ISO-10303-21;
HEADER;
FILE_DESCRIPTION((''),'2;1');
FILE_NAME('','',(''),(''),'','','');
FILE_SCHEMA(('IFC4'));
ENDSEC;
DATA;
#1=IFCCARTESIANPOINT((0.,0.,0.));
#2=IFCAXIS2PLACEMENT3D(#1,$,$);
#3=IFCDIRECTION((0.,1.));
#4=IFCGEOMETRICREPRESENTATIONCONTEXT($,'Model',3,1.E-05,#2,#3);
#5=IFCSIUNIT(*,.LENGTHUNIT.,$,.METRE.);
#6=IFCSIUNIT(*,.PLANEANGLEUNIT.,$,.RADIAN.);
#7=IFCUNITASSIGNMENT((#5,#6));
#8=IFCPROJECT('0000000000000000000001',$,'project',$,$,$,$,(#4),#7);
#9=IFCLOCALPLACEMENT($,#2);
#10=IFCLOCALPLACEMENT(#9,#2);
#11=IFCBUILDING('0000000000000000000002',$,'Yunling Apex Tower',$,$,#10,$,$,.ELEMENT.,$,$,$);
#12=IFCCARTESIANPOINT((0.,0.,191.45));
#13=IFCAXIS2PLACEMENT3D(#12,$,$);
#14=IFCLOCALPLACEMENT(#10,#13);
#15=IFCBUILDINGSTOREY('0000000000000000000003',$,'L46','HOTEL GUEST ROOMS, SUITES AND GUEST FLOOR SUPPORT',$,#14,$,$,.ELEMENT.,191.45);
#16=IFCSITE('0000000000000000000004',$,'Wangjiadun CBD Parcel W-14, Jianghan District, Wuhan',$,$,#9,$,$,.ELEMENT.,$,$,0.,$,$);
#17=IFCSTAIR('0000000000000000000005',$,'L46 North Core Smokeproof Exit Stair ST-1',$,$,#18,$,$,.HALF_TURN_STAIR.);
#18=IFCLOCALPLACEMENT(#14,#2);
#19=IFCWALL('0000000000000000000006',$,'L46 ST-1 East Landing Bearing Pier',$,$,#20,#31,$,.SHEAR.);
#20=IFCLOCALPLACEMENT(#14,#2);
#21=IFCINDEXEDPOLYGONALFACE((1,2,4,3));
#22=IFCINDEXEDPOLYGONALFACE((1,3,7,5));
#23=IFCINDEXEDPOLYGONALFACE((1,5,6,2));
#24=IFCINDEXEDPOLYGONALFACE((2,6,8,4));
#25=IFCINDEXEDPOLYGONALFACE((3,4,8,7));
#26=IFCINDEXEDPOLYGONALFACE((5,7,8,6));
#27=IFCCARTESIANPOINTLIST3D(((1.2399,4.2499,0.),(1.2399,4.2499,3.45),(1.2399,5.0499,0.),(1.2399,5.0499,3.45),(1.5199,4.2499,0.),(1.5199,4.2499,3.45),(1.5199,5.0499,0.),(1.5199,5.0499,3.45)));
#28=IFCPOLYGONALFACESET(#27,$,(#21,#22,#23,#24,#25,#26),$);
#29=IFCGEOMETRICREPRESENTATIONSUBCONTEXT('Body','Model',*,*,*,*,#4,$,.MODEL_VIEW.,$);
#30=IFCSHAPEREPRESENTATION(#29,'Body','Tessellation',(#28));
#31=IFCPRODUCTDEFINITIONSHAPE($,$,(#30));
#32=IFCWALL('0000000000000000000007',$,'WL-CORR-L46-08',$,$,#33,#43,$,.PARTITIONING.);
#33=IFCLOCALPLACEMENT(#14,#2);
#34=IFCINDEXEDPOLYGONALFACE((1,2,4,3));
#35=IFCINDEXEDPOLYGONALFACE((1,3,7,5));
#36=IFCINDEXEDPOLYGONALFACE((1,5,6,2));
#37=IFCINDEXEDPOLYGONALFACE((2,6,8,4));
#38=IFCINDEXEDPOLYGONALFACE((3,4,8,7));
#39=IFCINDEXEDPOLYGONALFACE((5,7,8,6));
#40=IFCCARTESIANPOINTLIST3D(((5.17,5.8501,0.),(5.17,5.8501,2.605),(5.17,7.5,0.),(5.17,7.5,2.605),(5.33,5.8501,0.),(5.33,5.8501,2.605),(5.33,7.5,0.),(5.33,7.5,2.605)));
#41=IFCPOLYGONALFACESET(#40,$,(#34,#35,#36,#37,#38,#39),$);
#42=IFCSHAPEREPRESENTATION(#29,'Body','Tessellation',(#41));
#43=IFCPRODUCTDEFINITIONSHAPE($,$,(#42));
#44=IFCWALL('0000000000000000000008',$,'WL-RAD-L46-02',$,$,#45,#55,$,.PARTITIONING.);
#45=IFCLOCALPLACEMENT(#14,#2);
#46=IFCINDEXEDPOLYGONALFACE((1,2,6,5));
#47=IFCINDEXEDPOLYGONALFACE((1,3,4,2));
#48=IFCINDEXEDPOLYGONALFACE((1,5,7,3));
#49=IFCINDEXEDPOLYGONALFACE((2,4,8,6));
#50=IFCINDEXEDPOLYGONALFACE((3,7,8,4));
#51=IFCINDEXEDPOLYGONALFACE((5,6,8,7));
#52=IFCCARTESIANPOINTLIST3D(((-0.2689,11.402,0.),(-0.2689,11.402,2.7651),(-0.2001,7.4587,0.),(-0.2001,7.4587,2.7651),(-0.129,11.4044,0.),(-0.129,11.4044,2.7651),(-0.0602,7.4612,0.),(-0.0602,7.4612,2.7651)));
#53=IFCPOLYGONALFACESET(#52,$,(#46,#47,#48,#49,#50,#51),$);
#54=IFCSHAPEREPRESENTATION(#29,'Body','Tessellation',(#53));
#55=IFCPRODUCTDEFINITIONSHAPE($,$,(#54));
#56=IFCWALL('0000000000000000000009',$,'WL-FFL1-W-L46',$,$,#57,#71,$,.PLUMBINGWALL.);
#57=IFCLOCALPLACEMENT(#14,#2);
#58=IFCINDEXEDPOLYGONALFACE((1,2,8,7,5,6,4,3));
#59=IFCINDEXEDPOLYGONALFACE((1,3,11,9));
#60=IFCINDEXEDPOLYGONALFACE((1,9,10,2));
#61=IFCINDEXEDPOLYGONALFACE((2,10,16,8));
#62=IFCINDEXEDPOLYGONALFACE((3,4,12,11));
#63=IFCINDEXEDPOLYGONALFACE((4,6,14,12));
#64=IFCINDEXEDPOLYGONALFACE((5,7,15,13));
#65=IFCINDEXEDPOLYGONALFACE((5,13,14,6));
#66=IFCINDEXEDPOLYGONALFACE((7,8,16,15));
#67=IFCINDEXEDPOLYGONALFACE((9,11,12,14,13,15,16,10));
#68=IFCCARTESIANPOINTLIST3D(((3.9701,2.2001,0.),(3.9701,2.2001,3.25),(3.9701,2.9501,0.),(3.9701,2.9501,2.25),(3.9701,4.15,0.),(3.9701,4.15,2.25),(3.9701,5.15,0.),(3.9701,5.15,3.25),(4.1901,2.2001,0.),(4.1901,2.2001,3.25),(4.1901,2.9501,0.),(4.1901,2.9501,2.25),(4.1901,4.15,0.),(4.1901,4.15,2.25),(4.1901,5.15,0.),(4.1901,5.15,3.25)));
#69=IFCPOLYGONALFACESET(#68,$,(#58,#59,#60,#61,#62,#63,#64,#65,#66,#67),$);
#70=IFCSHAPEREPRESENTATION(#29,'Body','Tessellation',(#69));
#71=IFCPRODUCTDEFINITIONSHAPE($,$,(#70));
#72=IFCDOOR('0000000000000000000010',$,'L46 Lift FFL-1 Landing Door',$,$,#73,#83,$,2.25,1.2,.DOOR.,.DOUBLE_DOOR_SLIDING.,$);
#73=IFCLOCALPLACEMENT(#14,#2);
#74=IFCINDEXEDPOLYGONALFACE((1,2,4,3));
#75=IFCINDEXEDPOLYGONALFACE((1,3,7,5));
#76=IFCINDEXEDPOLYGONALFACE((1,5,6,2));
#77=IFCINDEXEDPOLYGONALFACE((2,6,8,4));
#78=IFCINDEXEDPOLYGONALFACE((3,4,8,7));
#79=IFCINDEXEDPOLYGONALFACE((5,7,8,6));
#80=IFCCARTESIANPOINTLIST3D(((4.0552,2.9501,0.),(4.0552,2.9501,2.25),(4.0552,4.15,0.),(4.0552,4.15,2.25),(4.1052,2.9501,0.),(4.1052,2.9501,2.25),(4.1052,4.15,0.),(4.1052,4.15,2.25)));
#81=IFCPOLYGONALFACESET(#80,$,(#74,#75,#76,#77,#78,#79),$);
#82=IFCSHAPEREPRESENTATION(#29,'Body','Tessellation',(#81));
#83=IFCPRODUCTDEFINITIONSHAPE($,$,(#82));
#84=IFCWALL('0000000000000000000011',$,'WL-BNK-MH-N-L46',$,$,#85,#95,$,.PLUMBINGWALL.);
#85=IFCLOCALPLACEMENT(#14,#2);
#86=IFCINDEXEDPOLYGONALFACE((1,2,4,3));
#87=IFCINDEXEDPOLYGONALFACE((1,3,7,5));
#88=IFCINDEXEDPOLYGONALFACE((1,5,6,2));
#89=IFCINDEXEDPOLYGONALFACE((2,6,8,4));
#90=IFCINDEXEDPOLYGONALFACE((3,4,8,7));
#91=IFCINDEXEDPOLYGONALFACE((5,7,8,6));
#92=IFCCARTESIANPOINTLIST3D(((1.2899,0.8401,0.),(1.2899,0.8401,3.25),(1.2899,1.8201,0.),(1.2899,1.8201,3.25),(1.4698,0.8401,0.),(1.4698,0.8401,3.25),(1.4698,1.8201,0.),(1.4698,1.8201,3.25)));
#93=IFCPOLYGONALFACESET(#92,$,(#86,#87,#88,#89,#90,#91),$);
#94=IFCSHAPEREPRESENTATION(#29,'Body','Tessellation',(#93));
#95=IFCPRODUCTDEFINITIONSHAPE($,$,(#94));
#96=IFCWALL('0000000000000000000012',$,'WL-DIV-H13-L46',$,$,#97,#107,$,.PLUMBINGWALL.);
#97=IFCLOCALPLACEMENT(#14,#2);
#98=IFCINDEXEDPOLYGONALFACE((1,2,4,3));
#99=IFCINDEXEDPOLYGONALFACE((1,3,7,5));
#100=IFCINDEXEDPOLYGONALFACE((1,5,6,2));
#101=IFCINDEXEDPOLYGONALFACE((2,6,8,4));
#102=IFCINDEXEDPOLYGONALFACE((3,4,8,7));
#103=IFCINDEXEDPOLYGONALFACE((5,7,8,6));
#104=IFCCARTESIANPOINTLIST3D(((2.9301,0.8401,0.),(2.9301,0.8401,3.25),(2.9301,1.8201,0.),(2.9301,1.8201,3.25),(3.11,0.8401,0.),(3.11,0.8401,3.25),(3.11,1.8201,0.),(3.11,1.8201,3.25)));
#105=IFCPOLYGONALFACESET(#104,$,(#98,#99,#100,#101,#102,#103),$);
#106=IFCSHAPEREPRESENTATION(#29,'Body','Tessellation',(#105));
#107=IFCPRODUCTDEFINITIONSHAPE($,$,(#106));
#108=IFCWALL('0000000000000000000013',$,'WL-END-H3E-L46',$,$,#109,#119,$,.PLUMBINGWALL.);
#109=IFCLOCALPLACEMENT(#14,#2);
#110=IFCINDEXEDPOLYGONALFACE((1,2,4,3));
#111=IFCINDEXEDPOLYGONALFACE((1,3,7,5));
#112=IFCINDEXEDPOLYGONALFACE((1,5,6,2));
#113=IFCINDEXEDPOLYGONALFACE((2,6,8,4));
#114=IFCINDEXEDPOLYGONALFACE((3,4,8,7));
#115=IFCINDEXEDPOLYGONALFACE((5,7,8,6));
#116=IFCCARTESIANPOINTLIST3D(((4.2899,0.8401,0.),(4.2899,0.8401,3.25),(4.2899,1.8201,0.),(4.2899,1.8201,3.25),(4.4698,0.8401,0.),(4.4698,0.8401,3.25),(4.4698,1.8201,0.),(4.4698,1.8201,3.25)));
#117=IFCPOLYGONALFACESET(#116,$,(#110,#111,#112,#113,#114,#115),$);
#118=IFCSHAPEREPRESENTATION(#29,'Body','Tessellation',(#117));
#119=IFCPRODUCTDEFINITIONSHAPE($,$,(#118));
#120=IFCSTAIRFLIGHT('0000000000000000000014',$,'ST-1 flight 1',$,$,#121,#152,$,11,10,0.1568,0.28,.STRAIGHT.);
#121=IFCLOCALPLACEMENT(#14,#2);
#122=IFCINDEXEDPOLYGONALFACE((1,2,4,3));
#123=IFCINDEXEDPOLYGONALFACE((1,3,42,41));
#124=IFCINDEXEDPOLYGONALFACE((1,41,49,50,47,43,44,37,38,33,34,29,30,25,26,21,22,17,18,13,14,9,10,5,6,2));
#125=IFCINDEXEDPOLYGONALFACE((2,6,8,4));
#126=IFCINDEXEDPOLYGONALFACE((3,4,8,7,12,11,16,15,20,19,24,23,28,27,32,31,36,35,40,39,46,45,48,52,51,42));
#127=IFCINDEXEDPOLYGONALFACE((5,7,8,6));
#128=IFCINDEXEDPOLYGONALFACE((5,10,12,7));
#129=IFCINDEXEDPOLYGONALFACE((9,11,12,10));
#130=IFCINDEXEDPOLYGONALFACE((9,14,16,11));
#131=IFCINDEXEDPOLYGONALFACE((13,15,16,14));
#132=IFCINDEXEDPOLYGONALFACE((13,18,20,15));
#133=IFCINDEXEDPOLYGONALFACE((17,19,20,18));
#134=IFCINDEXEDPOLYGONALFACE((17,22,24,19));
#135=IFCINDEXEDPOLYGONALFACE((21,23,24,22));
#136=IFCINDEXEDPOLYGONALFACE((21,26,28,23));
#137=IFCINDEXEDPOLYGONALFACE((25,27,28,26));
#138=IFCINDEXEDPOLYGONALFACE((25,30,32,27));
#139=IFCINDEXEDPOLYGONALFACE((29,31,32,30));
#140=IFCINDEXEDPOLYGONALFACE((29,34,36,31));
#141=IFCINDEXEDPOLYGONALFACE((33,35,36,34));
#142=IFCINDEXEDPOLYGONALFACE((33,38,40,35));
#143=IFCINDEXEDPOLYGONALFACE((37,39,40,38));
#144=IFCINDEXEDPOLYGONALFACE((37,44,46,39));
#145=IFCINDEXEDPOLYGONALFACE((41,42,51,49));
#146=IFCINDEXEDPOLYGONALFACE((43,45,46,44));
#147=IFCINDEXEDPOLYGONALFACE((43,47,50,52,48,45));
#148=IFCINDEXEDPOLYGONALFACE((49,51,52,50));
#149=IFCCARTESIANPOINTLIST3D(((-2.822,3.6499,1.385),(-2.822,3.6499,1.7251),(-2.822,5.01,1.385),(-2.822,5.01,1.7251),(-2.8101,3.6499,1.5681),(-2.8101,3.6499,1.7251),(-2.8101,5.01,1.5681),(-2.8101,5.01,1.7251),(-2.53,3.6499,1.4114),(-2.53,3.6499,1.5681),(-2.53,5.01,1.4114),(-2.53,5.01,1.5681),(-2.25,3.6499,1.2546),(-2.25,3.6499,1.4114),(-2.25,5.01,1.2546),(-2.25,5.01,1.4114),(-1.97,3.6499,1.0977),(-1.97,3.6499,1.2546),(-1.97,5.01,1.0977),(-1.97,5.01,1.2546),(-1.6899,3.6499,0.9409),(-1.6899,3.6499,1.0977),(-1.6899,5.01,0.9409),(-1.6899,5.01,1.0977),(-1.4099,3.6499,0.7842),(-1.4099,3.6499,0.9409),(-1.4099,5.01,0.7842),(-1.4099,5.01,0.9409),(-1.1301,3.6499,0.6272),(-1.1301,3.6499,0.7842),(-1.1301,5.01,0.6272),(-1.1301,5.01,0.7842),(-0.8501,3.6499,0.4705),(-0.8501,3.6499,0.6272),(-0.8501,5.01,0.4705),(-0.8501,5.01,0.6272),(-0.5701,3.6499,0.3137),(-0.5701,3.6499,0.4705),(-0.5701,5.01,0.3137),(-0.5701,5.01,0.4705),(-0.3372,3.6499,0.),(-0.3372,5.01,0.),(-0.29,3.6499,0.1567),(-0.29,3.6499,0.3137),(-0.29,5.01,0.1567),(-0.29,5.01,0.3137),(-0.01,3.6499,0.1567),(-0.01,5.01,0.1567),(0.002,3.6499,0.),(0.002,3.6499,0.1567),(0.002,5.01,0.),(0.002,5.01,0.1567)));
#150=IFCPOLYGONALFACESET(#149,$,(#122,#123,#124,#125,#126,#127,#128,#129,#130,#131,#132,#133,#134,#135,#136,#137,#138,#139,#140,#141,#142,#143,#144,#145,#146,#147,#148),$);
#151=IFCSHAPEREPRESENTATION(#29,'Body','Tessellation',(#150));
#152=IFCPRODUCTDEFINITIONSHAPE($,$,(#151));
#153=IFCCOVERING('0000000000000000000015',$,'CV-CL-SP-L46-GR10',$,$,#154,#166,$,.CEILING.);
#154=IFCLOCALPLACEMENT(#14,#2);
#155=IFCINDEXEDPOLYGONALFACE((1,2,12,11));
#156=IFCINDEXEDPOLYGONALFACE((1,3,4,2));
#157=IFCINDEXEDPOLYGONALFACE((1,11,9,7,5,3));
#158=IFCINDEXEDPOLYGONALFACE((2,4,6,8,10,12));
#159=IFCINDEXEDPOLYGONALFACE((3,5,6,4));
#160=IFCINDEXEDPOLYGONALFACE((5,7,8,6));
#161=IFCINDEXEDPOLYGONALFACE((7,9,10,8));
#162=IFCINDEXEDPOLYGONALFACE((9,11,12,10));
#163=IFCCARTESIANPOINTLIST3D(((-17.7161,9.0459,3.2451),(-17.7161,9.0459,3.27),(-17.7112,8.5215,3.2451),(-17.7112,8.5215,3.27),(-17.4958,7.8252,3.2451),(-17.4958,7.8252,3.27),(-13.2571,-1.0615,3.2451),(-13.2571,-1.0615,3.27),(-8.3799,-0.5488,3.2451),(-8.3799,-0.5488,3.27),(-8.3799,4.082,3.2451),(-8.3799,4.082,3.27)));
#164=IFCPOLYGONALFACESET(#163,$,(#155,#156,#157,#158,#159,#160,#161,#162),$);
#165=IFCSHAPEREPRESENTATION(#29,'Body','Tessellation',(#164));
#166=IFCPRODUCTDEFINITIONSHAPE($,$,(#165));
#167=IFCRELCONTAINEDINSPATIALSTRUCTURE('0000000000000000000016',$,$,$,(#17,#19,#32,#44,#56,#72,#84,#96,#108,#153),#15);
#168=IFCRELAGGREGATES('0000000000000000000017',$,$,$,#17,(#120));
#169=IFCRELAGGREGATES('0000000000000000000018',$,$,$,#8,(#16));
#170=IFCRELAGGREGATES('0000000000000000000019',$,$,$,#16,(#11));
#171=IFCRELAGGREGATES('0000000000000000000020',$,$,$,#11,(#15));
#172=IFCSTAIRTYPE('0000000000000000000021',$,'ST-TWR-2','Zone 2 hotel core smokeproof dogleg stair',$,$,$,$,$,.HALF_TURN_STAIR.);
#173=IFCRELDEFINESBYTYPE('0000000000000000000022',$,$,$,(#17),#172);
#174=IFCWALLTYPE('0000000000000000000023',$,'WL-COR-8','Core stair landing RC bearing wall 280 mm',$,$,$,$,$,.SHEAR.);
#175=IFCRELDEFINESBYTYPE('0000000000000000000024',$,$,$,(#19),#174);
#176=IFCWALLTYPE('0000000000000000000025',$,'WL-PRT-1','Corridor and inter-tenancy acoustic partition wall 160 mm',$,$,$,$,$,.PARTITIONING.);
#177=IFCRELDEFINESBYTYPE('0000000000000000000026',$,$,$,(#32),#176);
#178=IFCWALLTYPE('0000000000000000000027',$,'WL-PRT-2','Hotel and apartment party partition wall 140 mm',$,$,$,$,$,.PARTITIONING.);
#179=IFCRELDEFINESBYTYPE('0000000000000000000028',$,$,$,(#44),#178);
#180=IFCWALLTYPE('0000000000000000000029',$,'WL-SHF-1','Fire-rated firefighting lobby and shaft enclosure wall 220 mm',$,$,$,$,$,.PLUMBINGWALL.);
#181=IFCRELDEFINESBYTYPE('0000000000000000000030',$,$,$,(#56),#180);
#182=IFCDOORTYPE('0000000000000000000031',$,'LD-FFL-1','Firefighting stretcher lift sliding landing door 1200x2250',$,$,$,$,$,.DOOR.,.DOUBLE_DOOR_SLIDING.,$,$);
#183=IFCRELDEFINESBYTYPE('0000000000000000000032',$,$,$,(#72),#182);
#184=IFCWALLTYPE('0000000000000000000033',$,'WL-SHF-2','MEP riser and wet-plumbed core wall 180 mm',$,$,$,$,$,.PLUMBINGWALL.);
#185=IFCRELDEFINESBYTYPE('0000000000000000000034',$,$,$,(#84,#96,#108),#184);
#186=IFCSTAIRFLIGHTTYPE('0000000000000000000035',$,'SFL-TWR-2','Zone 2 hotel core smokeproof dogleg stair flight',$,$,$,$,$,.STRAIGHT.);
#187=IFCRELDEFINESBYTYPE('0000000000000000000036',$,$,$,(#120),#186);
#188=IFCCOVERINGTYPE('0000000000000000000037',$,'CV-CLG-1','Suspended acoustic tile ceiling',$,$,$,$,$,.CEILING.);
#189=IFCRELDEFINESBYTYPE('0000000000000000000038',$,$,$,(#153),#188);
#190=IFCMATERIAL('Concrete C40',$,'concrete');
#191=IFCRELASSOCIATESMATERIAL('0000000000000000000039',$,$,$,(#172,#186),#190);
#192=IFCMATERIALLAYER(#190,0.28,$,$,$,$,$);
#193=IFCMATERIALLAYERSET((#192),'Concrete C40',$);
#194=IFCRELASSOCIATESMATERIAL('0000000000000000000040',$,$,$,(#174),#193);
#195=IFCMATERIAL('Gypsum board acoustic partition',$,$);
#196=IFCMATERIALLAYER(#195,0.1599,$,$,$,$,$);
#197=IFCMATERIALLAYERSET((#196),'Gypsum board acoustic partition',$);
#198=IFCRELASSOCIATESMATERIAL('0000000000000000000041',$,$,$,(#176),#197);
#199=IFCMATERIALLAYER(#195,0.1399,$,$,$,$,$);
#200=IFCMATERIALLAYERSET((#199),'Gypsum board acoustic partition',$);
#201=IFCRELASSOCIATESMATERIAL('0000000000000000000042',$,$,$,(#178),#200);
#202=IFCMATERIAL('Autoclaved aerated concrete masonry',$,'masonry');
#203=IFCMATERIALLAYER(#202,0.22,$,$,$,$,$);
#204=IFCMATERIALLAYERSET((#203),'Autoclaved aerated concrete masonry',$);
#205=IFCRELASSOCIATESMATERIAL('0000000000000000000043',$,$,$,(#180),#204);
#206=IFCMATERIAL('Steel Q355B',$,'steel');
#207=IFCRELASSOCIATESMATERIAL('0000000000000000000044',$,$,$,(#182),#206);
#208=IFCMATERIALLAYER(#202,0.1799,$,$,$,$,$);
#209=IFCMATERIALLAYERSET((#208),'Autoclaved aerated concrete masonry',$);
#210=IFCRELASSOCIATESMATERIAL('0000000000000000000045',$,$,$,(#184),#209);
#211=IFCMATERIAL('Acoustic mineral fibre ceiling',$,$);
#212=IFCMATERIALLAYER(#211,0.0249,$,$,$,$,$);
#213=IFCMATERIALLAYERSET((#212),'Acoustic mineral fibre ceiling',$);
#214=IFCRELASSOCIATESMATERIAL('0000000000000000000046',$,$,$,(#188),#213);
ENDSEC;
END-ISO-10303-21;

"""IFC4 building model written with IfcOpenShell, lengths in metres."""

from ifc_helpers import new_model, si_unit, direction, frame, frame_2d, origin, place, context, subcontext, project, spatial, polyline, rectangle, outline, extrude, material, layer, layer_set, type_object, element, fill, aggregate, save


model = new_model("IFC4")

# Units and contexts
model_context = context("Model", 3, precision=1e-05, world=origin(), true_north=direction((0.0, 1.0)))
body_context = subcontext(model_context, "Body", "Model", "MODEL_VIEW")
ifc_project = project(units=[si_unit("LENGTHUNIT", "METRE"), si_unit("PLANEANGLEUNIT", "RADIAN")], contexts=[model_context])

# Site, building, storey
site_placement = place(None, origin())
site = spatial("IfcSite", under=ifc_project, at=site_placement, Name="Wangjiadun CBD Parcel W-14, Jianghan District, Wuhan", CompositionType="ELEMENT", RefElevation=0.0)
building_placement = place(site_placement, origin())
building = spatial("IfcBuilding", under=site, at=building_placement, Name="Yunling Apex Tower", CompositionType="ELEMENT")
storey_placement = place(building_placement, frame((0.0, 0.0, 191.45)))
storey = spatial("IfcBuildingStorey", under=building, at=storey_placement, Name="L46", Description="HOTEL GUEST ROOMS, SUITES AND GUEST FLOOR SUPPORT", CompositionType="ELEMENT", Elevation=191.45)

# Shared definitions
ifc_material_1 = material(Name="Steel Q355B", Category="steel")

# Shared definitions
ifc_material_2 = material(Name="Concrete C40", Category="concrete")

# Stair
stair_type = type_object("IfcStairType", Name="ST-TWR-2", Description="Zone 2 hotel core smokeproof dogleg stair", PredefinedType="HALF_TURN_STAIR", material=ifc_material_2)
stair_1_placement = place(storey_placement, origin())
stair_1 = element("IfcStair", 1, at=stair_1_placement, inside=storey, type_object=stair_type, Name="L46 North Core Smokeproof Exit Stair ST-1", PredefinedType="HALF_TURN_STAIR")

# Walls
ifc_layer_1 = layer(ifc_material_2, 0.28)
ifc_layer_set_1 = layer_set([ifc_layer_1], Name="Concrete C40")
wall_type_1 = type_object("IfcWallType", Name="WL-COR-8", Description="Core stair landing RC bearing wall 280 mm", PredefinedType="SHEAR", material=ifc_layer_set_1)
wall_1_placement = place(storey_placement, frame((1.3799, 4.25, 0.0), z_axis=(0.0, 0.0, 1.0), x_axis=(0.0, 1.0, 0.0)))
element("IfcWall", 2, at=wall_1_placement, inside=storey, type_object=wall_type_1, Name="L46 ST-1 East Landing Bearing Pier", PredefinedType="SHEAR", context=body_context, shape_type="SweptSolid", body=[
    extrude(rectangle(XDim=0.8, YDim=0.28, at=frame_2d((0.3999, 0.0))), origin(), (0.0, 0.0, 1.0), 3.45),
])
ifc_material_3 = material(Name="Gypsum board acoustic partition")
ifc_layer_2 = layer(ifc_material_3, 0.1599)
ifc_layer_set_2 = layer_set([ifc_layer_2], Name="Gypsum board acoustic partition")
wall_type_2 = type_object("IfcWallType", Name="WL-PRT-1", Description="Corridor and inter-tenancy acoustic partition wall 160 mm", PredefinedType="PARTITIONING", material=ifc_layer_set_2)
wall_2_placement = place(storey_placement, frame((5.25, 7.5, 0.0), z_axis=(0.0, 0.0, 1.0), x_axis=(0.0, -1.0, 0.0)))
element("IfcWall", 3, at=wall_2_placement, inside=storey, type_object=wall_type_2, Name="WL-CORR-L46-08", PredefinedType="PARTITIONING", context=body_context, shape_type="SweptSolid", body=[
    extrude(rectangle(XDim=1.6499, YDim=0.1599, at=frame_2d((0.825, 0.0))), origin(), (0.0, 0.0, 1.0), 2.605),
])
ifc_layer_3 = layer(ifc_material_3, 0.1399)
ifc_layer_set_3 = layer_set([ifc_layer_3], Name="Gypsum board acoustic partition")
wall_type_3 = type_object("IfcWallType", Name="WL-PRT-2", Description="Hotel and apartment party partition wall 140 mm", PredefinedType="PARTITIONING", material=ifc_layer_set_3)
wall_3_placement = place(storey_placement, frame((-0.1301, 7.46, 0.0), z_axis=(0.0, 0.0, 1.0), x_axis=(-0.017456, 0.999848, 0.0)))
element("IfcWall", 4, at=wall_3_placement, inside=storey, type_object=wall_type_3, Name="WL-RAD-L46-02", PredefinedType="PARTITIONING", context=body_context, shape_type="SweptSolid", body=[
    extrude(rectangle(XDim=3.9438, YDim=0.1399, at=frame_2d((1.9719, 0.0))), origin(), (0.0, 0.0, 1.0), 2.7651),
])

# Wall, opening, door
ifc_material_4 = material(Name="Autoclaved aerated concrete masonry", Category="masonry")
ifc_layer_4 = layer(ifc_material_4, 0.22)
ifc_layer_set_4 = layer_set([ifc_layer_4], Name="Autoclaved aerated concrete masonry")
wall_type_4 = type_object("IfcWallType", Name="WL-SHF-1", Description="Fire-rated firefighting lobby and shaft enclosure wall 220 mm", PredefinedType="PLUMBINGWALL", material=ifc_layer_set_4)
wall_4_placement = place(storey_placement, frame((4.0801, 2.2, 0.0), z_axis=(0.0, 0.0, 1.0), x_axis=(0.0, 1.0, 0.0)))
wall_4 = element("IfcWall", 5, at=wall_4_placement, inside=storey, type_object=wall_type_4, Name="WL-FFL1-W-L46", PredefinedType="PLUMBINGWALL", context=body_context, shape_type="SweptSolid", body=[
    extrude(rectangle(XDim=2.95, YDim=0.22, at=frame_2d((1.4751, 0.0))), origin(), (0.0, 0.0, 1.0), 3.25),
])
opening_1_placement = place(wall_4_placement, frame((0.75, 0.0, 0.0)))
opening_1 = element("IfcOpeningElement", 6, at=opening_1_placement, cuts=wall_4, PredefinedType="OPENING", context=body_context, shape_type="SweptSolid", body=[
    extrude(rectangle(XDim=1.2, YDim=2.25, at=frame_2d((0.6001, 1.125))), frame((0.0, 0.1201, 0.0), z_axis=(0.0, -1.0, 0.0), x_axis=(1.0, 0.0, 0.0)), (0.0, 0.0, 1.0), 0.24),
])
door_type_1 = type_object("IfcDoorType", Name="LD-FFL-1", Description="Firefighting stretcher lift sliding landing door 1200x2250", OperationType="DOUBLE_DOOR_SLIDING", PredefinedType="DOOR", material=ifc_material_1)
door_1_placement = place(opening_1_placement, origin())
door_1 = element("IfcDoor", 7, at=door_1_placement, inside=storey, type_object=door_type_1, Name="L46 Lift FFL-1 Landing Door", OperationType="DOUBLE_DOOR_SLIDING", OverallHeight=2.25, OverallWidth=1.2, PredefinedType="DOOR", context=body_context, shape_type="SweptSolid", body=[
    extrude(rectangle(XDim=1.2, YDim=2.25, at=frame_2d((0.6001, 1.125))), frame((0.0, 0.0249, 0.0), z_axis=(0.0, -1.0, 0.0), x_axis=(1.0, 0.0, 0.0)), (0.0, 0.0, 1.0), 0.05),
])
fill(opening_1, door_1)

# Walls
ifc_layer_5 = layer(ifc_material_4, 0.1799)
ifc_layer_set_5 = layer_set([ifc_layer_5], Name="Autoclaved aerated concrete masonry")
wall_type_5 = type_object("IfcWallType", Name="WL-SHF-2", Description="MEP riser and wet-plumbed core wall 180 mm", PredefinedType="PLUMBINGWALL", material=ifc_layer_set_5)
for number, where, z_axis, x_axis, name in (
    (8, (1.3799, 0.8401, 0.0), (0.0, 0.0, 1.0), (0.0, 1.0, 0.0), "WL-BNK-MH-N-L46"),
    (9, (3.02, 0.8401, 0.0), (0.0, 0.0, 1.0), (0.0, 1.0, 0.0), "WL-DIV-H13-L46"),
    (10, (4.3799, 0.8401, 0.0), (0.0, 0.0, 1.0), (0.0, 1.0, 0.0), "WL-END-H3E-L46"),
):
    element("IfcWall", number, at=place(storey_placement, frame(where, z_axis=z_axis, x_axis=x_axis)), inside=storey, type_object=wall_type_5, Name=name, PredefinedType="PLUMBINGWALL", context=body_context, shape_type="SweptSolid", body=[
        extrude(rectangle(XDim=0.98, YDim=0.1799, at=frame_2d((0.49, 0.0))), origin(), (0.0, 0.0, 1.0), 3.25),
    ])

# Stair flight
stair_flight_type = type_object("IfcStairFlightType", Name="SFL-TWR-2", Description="Zone 2 hotel core smokeproof dogleg stair flight", PredefinedType="STRAIGHT", material=ifc_material_2)
stair_flight_placement = place(storey_placement, frame((-0.01, 4.3301, 0.0), z_axis=(0.0, 0.0, 1.0), x_axis=(-1.0, 0.0, 0.0)))
stair_flight = element("IfcStairFlight", 11, at=stair_flight_placement, type_object=stair_flight_type, Name="ST-1 flight 1", NumberOfRisers=11, NumberOfTreads=10, PredefinedType="STRAIGHT", RiserHeight=0.1568, TreadLength=0.28, context=body_context, shape_type="SweptSolid", body=[
    extrude(outline(polyline([(-0.012, 0.0), (-0.012, 0.1567), (0.0, 0.1567), (0.28, 0.1567), (0.28, 0.3137), (0.5601, 0.3137), (0.5601, 0.4705), (0.8401, 0.4705), (0.8401, 0.6272), (1.1201, 0.6272), (1.1201, 0.7842), (1.3999, 0.7842), (1.3999, 0.9409), (1.6799, 0.9409), (1.6799, 1.0977), (1.96, 1.0977), (1.96, 1.2546), (2.24, 1.2546), (2.24, 1.4114), (2.52, 1.4114), (2.52, 1.5681), (2.8, 1.5681), (2.8, 1.7251), (2.812, 1.7251), (2.812, 1.385), (0.3271, 0.0), (-0.012, 0.0)])), frame((0.0, 0.6802, 0.0), z_axis=(0.0, -1.0, 0.0), x_axis=(1.0, 0.0, 0.0)), (0.0, 0.0, 1.0), 1.3601),
])
aggregate(stair_1, [stair_flight])

# Covering
ifc_material_5 = material(Name="Acoustic mineral fibre ceiling")
ifc_layer_6 = layer(ifc_material_5, 0.0249)
ifc_layer_set_6 = layer_set([ifc_layer_6], Name="Acoustic mineral fibre ceiling")
covering_type_1 = type_object("IfcCoveringType", Name="CV-CLG-1", Description="Suspended acoustic tile ceiling", PredefinedType="CEILING", material=ifc_layer_set_6)
covering_1_placement = place(storey_placement, frame((0.0, 0.0, 3.2451)))
element("IfcCovering", 12, at=covering_1_placement, inside=storey, type_object=covering_type_1, Name="CV-CL-SP-L46-GR10", PredefinedType="CEILING", context=body_context, shape_type="SweptSolid", body=[
    extrude(outline(polyline([(-17.7161, 9.0459), (-8.3799, 4.082), (-8.3799, -0.5488), (-13.2571, -1.0615), (-17.4958, 7.8252), (-17.7112, 8.5215), (-17.7161, 9.0459)])), origin(), (0.0, 0.0, 1.0), 0.0249),
])

save(model, "model.ifc")
